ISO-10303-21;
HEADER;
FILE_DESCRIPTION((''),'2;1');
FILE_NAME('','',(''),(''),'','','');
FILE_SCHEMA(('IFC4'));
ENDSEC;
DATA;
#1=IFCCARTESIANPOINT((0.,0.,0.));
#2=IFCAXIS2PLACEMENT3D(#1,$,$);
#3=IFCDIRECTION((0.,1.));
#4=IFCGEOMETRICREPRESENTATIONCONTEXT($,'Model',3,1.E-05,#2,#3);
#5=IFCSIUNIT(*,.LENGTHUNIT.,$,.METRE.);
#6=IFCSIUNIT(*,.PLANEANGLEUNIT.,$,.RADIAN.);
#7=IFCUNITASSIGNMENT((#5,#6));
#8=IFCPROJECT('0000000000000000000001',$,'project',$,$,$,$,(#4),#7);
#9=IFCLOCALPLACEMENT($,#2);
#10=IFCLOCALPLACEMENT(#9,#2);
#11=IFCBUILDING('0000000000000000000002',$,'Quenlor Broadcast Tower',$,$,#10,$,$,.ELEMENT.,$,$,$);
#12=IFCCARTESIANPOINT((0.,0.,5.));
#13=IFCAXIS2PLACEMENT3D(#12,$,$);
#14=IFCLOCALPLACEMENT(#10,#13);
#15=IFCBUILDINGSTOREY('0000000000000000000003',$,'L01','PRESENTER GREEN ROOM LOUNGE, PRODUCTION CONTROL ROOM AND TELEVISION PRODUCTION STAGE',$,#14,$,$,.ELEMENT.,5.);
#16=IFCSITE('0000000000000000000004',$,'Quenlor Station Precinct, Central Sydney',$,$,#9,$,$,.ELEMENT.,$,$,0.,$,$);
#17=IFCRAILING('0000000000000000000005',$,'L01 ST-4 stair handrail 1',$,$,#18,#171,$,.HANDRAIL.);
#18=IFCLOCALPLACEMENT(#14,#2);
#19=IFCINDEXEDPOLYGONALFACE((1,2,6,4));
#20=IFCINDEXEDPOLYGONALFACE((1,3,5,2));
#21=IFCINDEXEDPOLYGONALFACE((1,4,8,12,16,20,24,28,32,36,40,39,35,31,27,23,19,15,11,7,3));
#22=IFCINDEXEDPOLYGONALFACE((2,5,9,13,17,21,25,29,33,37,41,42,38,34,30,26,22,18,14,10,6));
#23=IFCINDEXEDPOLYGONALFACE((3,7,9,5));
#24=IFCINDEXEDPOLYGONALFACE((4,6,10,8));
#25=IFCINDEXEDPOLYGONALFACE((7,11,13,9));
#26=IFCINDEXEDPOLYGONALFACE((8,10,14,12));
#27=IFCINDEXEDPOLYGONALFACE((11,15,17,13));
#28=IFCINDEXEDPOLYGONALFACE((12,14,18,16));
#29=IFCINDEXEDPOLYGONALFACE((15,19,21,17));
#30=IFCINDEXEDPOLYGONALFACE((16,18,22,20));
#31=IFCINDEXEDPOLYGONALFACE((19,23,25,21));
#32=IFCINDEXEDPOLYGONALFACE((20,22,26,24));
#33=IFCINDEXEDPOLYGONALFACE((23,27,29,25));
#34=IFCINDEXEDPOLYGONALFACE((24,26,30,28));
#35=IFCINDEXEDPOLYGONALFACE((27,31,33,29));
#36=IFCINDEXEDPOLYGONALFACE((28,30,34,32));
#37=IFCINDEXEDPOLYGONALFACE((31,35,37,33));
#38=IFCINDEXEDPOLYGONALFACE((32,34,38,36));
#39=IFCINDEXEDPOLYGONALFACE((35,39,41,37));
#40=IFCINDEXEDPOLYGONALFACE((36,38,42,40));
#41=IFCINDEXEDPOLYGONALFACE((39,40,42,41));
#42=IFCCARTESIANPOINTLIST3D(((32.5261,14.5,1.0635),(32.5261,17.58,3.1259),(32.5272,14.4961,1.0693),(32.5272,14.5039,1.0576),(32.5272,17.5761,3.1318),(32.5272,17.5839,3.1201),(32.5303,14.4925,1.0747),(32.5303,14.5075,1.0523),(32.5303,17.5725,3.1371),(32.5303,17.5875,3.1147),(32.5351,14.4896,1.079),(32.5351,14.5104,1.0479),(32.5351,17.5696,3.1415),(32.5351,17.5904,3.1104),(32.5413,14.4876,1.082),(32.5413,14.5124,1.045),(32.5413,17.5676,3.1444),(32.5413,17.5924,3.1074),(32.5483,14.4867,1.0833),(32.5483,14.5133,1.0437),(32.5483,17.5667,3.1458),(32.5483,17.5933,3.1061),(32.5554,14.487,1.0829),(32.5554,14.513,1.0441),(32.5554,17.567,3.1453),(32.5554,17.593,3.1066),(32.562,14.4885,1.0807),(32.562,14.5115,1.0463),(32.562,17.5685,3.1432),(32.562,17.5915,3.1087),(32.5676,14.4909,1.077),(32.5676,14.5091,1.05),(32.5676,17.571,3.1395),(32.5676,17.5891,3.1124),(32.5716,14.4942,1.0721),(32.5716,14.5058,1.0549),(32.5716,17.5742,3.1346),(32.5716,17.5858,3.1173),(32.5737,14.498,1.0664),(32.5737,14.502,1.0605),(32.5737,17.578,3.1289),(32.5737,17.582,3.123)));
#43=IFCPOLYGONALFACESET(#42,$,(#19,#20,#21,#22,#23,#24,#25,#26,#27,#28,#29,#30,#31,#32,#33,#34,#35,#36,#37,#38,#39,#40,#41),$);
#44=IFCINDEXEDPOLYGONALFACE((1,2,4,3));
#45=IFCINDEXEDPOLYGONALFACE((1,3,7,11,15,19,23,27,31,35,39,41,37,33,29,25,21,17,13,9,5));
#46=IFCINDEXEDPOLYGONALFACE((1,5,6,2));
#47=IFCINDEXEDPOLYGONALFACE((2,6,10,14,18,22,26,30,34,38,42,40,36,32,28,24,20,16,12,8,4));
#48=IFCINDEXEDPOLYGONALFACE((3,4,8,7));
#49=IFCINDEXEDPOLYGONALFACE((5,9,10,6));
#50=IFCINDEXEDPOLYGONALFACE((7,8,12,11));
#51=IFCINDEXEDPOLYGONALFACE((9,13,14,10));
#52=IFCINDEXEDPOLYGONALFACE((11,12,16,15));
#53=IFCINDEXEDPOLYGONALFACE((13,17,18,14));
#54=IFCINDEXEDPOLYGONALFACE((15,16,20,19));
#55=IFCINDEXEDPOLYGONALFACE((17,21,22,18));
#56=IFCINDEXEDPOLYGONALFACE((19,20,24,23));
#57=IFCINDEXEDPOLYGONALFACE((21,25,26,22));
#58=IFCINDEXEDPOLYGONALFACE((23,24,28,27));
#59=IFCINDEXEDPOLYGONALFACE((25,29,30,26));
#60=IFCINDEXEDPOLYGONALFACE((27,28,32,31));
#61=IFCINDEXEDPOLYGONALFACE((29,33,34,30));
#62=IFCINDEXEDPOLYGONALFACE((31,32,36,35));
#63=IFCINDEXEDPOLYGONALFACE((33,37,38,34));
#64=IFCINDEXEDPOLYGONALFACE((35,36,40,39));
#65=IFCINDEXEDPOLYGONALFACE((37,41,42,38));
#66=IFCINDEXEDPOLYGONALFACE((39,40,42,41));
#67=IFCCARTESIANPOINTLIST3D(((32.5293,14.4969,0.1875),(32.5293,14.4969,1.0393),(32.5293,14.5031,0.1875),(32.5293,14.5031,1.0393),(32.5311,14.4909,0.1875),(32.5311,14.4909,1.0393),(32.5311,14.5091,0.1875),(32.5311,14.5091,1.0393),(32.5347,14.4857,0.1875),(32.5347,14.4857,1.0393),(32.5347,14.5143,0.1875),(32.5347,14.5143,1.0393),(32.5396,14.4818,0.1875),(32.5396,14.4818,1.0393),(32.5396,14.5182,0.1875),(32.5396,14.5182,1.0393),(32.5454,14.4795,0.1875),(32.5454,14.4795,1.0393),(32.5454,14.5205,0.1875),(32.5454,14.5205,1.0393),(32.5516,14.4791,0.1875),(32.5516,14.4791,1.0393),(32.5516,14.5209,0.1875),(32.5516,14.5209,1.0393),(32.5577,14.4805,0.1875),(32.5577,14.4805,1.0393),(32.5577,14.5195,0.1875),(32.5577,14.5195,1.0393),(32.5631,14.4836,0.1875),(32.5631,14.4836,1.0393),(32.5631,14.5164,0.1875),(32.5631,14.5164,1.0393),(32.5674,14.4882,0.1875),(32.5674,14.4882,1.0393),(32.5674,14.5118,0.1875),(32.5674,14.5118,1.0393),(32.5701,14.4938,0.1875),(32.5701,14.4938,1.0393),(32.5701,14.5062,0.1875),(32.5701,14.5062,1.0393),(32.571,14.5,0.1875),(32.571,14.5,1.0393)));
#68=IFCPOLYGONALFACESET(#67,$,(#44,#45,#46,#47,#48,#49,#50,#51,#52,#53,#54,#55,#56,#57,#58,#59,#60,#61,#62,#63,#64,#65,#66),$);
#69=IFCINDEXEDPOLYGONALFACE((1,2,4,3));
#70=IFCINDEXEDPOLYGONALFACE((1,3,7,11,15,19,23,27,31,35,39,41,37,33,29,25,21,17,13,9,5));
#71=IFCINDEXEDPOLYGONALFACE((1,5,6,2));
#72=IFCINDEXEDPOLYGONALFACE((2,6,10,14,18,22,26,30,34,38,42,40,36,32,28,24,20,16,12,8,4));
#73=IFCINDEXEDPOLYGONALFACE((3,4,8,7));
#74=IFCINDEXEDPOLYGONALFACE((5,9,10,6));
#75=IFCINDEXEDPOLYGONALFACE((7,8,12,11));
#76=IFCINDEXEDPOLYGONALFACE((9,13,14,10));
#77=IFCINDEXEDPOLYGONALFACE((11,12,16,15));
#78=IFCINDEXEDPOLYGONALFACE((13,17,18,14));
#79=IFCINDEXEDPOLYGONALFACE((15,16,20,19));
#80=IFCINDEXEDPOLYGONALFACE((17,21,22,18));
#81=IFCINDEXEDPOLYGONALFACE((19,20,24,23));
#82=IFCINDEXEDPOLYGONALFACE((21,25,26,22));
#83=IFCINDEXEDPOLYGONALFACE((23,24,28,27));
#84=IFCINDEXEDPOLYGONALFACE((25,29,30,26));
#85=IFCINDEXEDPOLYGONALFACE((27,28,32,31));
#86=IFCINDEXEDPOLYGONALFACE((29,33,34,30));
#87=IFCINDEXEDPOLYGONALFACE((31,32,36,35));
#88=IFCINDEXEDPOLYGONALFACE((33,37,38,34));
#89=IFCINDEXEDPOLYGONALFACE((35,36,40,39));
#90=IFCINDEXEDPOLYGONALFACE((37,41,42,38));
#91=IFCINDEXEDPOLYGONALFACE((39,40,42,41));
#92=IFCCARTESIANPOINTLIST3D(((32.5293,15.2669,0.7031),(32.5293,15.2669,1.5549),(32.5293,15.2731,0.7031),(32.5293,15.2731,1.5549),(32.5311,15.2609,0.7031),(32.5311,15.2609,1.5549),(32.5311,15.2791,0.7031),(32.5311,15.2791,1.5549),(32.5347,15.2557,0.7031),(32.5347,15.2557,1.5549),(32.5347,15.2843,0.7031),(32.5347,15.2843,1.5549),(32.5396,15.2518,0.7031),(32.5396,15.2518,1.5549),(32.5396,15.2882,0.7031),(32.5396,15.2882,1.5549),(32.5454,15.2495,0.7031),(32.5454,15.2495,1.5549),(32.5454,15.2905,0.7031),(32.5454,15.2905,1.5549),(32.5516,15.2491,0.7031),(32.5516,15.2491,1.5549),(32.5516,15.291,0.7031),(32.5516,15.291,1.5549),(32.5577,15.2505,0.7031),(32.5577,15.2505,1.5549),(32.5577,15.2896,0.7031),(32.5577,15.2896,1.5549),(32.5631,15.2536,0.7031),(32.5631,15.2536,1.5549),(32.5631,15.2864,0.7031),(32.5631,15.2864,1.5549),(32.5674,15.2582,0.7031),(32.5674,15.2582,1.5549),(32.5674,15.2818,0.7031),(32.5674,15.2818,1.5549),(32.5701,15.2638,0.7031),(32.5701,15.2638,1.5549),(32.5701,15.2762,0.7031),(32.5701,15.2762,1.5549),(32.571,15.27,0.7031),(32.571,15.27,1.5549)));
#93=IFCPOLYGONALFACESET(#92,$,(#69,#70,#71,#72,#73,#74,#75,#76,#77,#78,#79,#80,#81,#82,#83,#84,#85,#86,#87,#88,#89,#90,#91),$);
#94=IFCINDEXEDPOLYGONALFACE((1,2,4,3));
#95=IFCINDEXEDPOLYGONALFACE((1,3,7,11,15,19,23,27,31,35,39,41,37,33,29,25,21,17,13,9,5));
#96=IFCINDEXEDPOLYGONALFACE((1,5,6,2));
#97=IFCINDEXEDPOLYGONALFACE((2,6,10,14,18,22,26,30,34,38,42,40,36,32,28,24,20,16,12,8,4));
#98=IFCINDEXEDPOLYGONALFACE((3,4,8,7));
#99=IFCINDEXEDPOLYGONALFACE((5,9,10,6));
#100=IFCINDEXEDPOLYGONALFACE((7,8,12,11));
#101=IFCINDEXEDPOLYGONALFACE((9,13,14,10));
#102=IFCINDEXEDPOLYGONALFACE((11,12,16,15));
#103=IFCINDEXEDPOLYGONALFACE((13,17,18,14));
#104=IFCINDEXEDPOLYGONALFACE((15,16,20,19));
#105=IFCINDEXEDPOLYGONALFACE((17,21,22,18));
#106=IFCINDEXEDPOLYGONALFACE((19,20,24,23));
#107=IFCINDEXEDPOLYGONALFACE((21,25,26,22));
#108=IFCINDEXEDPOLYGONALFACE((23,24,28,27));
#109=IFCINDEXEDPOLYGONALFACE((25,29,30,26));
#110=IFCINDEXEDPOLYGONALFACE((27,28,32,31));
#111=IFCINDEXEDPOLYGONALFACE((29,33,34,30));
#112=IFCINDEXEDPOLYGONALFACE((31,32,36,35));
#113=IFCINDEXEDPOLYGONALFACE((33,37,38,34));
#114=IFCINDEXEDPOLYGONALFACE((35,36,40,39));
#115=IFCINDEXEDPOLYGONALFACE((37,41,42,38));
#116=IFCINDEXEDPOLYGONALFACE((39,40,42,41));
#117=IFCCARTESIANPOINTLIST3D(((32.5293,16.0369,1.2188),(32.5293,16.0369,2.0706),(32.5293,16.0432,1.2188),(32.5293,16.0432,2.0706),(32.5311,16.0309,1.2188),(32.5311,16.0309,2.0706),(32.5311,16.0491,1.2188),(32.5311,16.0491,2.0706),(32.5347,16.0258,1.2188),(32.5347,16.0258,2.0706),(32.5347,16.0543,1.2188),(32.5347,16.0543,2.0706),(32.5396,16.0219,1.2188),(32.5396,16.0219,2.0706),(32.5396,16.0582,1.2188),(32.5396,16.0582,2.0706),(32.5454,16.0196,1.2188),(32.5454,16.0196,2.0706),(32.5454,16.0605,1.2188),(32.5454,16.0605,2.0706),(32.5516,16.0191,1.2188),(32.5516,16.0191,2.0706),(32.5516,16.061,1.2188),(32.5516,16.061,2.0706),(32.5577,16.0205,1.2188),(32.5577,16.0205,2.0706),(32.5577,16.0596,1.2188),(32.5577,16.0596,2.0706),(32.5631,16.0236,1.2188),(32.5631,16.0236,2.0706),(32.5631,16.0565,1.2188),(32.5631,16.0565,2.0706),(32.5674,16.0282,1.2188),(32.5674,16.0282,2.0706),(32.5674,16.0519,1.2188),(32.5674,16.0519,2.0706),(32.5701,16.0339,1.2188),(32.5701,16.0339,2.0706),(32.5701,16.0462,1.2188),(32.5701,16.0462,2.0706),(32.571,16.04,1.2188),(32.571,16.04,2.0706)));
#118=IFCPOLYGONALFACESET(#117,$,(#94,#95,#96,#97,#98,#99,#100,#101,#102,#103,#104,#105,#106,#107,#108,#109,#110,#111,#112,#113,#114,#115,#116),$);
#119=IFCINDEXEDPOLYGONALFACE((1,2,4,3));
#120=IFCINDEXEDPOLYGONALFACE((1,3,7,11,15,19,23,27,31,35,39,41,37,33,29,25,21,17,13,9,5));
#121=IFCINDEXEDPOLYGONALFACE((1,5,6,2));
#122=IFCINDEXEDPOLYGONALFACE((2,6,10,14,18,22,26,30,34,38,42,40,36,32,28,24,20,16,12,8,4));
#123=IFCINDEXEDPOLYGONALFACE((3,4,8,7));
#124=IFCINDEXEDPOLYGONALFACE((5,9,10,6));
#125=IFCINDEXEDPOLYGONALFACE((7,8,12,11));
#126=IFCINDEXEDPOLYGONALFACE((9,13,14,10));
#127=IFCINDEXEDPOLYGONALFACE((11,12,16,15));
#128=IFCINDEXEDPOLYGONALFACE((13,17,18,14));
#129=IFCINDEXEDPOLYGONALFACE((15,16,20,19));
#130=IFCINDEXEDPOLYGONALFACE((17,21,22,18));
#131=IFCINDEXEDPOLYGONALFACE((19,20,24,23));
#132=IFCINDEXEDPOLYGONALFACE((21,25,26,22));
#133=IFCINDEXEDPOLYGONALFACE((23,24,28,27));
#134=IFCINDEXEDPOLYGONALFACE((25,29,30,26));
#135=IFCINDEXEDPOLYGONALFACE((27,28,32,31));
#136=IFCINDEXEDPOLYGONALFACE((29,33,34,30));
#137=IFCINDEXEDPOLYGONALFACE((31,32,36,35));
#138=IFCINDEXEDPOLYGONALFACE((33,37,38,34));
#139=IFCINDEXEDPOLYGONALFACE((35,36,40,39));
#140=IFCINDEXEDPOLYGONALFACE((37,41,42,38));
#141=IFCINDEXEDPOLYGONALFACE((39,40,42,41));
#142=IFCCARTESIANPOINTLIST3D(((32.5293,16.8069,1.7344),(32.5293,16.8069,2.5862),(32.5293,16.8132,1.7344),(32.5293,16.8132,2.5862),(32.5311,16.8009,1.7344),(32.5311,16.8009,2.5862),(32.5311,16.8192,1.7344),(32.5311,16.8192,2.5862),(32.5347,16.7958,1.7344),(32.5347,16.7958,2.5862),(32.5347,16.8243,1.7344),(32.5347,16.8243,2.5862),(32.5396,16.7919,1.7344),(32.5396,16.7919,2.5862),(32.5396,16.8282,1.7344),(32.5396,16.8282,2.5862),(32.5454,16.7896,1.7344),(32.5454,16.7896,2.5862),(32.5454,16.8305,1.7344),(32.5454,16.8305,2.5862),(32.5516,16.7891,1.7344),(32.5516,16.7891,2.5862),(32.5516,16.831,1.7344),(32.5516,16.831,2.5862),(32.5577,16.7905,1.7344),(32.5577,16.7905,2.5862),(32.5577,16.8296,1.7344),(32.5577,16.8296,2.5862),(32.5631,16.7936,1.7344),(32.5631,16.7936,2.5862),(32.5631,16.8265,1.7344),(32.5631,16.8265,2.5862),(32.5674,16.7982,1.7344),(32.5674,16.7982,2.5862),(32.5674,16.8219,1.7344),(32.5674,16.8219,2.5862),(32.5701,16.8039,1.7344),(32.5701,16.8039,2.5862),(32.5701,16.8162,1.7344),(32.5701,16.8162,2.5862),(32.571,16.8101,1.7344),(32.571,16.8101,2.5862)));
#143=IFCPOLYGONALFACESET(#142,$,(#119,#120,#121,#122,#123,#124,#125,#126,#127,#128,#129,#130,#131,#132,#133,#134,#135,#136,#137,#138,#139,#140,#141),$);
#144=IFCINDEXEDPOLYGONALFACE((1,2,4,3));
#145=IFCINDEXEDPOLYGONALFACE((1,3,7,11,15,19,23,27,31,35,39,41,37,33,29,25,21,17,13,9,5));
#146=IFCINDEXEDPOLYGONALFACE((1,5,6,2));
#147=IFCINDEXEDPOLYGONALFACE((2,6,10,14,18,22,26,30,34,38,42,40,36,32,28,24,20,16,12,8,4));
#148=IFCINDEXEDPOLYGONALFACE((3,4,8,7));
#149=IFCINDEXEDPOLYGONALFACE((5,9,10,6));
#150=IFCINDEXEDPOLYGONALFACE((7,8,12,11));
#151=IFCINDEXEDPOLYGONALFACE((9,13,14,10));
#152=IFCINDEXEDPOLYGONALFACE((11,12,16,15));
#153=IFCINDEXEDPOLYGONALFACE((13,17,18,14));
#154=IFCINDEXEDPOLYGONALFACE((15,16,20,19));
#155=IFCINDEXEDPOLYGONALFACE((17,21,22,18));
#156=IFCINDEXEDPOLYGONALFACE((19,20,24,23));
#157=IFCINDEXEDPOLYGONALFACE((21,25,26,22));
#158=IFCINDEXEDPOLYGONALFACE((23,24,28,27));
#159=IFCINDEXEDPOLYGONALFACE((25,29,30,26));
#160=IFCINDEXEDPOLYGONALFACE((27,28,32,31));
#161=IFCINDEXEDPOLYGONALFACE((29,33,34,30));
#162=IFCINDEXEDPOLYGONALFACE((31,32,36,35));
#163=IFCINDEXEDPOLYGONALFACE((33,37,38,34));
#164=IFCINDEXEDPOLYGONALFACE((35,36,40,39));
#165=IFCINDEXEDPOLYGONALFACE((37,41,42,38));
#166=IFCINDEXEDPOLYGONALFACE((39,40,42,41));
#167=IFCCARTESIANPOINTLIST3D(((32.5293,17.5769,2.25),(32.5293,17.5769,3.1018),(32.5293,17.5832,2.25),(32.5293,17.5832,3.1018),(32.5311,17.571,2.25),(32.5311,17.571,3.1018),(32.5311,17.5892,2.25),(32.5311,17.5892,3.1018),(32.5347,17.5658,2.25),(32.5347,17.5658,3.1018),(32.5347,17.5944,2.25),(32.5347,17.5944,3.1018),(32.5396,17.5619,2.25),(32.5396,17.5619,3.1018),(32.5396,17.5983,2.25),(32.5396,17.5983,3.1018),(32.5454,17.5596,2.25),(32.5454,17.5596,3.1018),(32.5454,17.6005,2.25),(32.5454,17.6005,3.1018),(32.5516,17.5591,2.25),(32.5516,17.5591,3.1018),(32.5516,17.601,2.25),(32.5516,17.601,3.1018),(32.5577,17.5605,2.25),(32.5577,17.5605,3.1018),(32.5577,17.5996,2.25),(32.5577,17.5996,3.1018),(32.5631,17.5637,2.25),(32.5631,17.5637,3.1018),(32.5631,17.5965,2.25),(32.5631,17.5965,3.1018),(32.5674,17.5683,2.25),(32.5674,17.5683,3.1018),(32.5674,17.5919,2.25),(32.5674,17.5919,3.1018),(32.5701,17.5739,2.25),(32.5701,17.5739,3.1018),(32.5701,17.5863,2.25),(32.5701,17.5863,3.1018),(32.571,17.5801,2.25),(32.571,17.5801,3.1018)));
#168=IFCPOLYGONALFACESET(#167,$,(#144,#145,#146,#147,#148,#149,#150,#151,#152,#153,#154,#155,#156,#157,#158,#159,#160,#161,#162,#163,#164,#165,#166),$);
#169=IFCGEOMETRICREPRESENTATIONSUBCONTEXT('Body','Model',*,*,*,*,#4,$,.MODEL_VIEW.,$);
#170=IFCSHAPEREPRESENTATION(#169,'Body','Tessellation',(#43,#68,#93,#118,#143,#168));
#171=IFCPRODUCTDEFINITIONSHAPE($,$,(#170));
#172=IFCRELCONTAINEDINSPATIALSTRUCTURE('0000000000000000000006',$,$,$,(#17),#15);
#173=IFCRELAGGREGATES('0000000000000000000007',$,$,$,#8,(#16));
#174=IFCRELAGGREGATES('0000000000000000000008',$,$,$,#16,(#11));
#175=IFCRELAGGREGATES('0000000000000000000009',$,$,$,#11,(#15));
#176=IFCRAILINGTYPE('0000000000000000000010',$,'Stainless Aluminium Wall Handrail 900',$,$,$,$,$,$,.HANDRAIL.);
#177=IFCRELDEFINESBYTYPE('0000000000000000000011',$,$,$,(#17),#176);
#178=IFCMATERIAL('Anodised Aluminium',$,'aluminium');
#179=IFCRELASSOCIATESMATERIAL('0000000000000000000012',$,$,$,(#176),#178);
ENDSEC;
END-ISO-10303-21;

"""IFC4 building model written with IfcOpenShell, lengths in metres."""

from ifc_helpers import new_model, si_unit, direction, frame, origin, origin_2d, place, context, subcontext, project, spatial, circle, extrude, material, type_object, element, save


model = new_model("IFC4")

# Units and contexts
model_context = context("Model", 3, precision=1e-05, world=origin(), true_north=direction((0.0, 1.0)))
body_context = subcontext(model_context, "Body", "Model", "MODEL_VIEW")
ifc_project = project(units=[si_unit("LENGTHUNIT", "METRE"), si_unit("PLANEANGLEUNIT", "RADIAN")], contexts=[model_context])

# Site, building, storey
site_placement = place(None, origin())
site = spatial("IfcSite", under=ifc_project, at=site_placement, Name="Quenlor Station Precinct, Central Sydney", CompositionType="ELEMENT", RefElevation=0.0)
building_placement = place(site_placement, origin())
building = spatial("IfcBuilding", under=site, at=building_placement, Name="Quenlor Broadcast Tower", CompositionType="ELEMENT")
storey_placement = place(building_placement, frame((0.0, 0.0, 5.0)))
storey = spatial("IfcBuildingStorey", under=building, at=storey_placement, Name="L01", Description="PRESENTER GREEN ROOM LOUNGE, PRODUCTION CONTROL ROOM AND TELEVISION PRODUCTION STAGE", CompositionType="ELEMENT", Elevation=5.0)

# Railing
ifc_material_1 = material(Name="Anodised Aluminium", Category="aluminium")
railing_type_1 = type_object("IfcRailingType", Name="Stainless Aluminium Wall Handrail 900", PredefinedType="HANDRAIL", material=ifc_material_1)
railing_1_placement = place(storey_placement, frame((32.55, 14.5, 0.1875)))
element("IfcRailing", 1, at=railing_1_placement, inside=storey, type_object=railing_type_1, Name="L01 ST-4 stair handrail 1", PredefinedType="HANDRAIL", context=body_context, shape_type="SweptSolid", body=[
    extrude(circle(Radius=0.0239, at=origin_2d()), frame((0.0, 0.0, 0.876), z_axis=(0.0, 0.830914, 0.556401), x_axis=(-1.0, 0.0, 0.0)), (0.0, 0.0, 1.0), 3.7068),
    extrude(circle(Radius=0.021, at=origin_2d()), origin(), (0.0, 0.0, 1.0), 0.8518),
    extrude(circle(Radius=0.021, at=origin_2d()), frame((0.0, 0.77, 0.5156)), (0.0, 0.0, 1.0), 0.8518),
    extrude(circle(Radius=0.021, at=origin_2d()), frame((0.0, 1.54, 1.0312)), (0.0, 0.0, 1.0), 0.8518),
    extrude(circle(Radius=0.021, at=origin_2d()), frame((0.0, 2.3101, 1.5469)), (0.0, 0.0, 1.0), 0.8518),
    extrude(circle(Radius=0.021, at=origin_2d()), frame((0.0, 3.0801, 2.0625)), (0.0, 0.0, 1.0), 0.8518),
])

save(model, "model.ifc")
